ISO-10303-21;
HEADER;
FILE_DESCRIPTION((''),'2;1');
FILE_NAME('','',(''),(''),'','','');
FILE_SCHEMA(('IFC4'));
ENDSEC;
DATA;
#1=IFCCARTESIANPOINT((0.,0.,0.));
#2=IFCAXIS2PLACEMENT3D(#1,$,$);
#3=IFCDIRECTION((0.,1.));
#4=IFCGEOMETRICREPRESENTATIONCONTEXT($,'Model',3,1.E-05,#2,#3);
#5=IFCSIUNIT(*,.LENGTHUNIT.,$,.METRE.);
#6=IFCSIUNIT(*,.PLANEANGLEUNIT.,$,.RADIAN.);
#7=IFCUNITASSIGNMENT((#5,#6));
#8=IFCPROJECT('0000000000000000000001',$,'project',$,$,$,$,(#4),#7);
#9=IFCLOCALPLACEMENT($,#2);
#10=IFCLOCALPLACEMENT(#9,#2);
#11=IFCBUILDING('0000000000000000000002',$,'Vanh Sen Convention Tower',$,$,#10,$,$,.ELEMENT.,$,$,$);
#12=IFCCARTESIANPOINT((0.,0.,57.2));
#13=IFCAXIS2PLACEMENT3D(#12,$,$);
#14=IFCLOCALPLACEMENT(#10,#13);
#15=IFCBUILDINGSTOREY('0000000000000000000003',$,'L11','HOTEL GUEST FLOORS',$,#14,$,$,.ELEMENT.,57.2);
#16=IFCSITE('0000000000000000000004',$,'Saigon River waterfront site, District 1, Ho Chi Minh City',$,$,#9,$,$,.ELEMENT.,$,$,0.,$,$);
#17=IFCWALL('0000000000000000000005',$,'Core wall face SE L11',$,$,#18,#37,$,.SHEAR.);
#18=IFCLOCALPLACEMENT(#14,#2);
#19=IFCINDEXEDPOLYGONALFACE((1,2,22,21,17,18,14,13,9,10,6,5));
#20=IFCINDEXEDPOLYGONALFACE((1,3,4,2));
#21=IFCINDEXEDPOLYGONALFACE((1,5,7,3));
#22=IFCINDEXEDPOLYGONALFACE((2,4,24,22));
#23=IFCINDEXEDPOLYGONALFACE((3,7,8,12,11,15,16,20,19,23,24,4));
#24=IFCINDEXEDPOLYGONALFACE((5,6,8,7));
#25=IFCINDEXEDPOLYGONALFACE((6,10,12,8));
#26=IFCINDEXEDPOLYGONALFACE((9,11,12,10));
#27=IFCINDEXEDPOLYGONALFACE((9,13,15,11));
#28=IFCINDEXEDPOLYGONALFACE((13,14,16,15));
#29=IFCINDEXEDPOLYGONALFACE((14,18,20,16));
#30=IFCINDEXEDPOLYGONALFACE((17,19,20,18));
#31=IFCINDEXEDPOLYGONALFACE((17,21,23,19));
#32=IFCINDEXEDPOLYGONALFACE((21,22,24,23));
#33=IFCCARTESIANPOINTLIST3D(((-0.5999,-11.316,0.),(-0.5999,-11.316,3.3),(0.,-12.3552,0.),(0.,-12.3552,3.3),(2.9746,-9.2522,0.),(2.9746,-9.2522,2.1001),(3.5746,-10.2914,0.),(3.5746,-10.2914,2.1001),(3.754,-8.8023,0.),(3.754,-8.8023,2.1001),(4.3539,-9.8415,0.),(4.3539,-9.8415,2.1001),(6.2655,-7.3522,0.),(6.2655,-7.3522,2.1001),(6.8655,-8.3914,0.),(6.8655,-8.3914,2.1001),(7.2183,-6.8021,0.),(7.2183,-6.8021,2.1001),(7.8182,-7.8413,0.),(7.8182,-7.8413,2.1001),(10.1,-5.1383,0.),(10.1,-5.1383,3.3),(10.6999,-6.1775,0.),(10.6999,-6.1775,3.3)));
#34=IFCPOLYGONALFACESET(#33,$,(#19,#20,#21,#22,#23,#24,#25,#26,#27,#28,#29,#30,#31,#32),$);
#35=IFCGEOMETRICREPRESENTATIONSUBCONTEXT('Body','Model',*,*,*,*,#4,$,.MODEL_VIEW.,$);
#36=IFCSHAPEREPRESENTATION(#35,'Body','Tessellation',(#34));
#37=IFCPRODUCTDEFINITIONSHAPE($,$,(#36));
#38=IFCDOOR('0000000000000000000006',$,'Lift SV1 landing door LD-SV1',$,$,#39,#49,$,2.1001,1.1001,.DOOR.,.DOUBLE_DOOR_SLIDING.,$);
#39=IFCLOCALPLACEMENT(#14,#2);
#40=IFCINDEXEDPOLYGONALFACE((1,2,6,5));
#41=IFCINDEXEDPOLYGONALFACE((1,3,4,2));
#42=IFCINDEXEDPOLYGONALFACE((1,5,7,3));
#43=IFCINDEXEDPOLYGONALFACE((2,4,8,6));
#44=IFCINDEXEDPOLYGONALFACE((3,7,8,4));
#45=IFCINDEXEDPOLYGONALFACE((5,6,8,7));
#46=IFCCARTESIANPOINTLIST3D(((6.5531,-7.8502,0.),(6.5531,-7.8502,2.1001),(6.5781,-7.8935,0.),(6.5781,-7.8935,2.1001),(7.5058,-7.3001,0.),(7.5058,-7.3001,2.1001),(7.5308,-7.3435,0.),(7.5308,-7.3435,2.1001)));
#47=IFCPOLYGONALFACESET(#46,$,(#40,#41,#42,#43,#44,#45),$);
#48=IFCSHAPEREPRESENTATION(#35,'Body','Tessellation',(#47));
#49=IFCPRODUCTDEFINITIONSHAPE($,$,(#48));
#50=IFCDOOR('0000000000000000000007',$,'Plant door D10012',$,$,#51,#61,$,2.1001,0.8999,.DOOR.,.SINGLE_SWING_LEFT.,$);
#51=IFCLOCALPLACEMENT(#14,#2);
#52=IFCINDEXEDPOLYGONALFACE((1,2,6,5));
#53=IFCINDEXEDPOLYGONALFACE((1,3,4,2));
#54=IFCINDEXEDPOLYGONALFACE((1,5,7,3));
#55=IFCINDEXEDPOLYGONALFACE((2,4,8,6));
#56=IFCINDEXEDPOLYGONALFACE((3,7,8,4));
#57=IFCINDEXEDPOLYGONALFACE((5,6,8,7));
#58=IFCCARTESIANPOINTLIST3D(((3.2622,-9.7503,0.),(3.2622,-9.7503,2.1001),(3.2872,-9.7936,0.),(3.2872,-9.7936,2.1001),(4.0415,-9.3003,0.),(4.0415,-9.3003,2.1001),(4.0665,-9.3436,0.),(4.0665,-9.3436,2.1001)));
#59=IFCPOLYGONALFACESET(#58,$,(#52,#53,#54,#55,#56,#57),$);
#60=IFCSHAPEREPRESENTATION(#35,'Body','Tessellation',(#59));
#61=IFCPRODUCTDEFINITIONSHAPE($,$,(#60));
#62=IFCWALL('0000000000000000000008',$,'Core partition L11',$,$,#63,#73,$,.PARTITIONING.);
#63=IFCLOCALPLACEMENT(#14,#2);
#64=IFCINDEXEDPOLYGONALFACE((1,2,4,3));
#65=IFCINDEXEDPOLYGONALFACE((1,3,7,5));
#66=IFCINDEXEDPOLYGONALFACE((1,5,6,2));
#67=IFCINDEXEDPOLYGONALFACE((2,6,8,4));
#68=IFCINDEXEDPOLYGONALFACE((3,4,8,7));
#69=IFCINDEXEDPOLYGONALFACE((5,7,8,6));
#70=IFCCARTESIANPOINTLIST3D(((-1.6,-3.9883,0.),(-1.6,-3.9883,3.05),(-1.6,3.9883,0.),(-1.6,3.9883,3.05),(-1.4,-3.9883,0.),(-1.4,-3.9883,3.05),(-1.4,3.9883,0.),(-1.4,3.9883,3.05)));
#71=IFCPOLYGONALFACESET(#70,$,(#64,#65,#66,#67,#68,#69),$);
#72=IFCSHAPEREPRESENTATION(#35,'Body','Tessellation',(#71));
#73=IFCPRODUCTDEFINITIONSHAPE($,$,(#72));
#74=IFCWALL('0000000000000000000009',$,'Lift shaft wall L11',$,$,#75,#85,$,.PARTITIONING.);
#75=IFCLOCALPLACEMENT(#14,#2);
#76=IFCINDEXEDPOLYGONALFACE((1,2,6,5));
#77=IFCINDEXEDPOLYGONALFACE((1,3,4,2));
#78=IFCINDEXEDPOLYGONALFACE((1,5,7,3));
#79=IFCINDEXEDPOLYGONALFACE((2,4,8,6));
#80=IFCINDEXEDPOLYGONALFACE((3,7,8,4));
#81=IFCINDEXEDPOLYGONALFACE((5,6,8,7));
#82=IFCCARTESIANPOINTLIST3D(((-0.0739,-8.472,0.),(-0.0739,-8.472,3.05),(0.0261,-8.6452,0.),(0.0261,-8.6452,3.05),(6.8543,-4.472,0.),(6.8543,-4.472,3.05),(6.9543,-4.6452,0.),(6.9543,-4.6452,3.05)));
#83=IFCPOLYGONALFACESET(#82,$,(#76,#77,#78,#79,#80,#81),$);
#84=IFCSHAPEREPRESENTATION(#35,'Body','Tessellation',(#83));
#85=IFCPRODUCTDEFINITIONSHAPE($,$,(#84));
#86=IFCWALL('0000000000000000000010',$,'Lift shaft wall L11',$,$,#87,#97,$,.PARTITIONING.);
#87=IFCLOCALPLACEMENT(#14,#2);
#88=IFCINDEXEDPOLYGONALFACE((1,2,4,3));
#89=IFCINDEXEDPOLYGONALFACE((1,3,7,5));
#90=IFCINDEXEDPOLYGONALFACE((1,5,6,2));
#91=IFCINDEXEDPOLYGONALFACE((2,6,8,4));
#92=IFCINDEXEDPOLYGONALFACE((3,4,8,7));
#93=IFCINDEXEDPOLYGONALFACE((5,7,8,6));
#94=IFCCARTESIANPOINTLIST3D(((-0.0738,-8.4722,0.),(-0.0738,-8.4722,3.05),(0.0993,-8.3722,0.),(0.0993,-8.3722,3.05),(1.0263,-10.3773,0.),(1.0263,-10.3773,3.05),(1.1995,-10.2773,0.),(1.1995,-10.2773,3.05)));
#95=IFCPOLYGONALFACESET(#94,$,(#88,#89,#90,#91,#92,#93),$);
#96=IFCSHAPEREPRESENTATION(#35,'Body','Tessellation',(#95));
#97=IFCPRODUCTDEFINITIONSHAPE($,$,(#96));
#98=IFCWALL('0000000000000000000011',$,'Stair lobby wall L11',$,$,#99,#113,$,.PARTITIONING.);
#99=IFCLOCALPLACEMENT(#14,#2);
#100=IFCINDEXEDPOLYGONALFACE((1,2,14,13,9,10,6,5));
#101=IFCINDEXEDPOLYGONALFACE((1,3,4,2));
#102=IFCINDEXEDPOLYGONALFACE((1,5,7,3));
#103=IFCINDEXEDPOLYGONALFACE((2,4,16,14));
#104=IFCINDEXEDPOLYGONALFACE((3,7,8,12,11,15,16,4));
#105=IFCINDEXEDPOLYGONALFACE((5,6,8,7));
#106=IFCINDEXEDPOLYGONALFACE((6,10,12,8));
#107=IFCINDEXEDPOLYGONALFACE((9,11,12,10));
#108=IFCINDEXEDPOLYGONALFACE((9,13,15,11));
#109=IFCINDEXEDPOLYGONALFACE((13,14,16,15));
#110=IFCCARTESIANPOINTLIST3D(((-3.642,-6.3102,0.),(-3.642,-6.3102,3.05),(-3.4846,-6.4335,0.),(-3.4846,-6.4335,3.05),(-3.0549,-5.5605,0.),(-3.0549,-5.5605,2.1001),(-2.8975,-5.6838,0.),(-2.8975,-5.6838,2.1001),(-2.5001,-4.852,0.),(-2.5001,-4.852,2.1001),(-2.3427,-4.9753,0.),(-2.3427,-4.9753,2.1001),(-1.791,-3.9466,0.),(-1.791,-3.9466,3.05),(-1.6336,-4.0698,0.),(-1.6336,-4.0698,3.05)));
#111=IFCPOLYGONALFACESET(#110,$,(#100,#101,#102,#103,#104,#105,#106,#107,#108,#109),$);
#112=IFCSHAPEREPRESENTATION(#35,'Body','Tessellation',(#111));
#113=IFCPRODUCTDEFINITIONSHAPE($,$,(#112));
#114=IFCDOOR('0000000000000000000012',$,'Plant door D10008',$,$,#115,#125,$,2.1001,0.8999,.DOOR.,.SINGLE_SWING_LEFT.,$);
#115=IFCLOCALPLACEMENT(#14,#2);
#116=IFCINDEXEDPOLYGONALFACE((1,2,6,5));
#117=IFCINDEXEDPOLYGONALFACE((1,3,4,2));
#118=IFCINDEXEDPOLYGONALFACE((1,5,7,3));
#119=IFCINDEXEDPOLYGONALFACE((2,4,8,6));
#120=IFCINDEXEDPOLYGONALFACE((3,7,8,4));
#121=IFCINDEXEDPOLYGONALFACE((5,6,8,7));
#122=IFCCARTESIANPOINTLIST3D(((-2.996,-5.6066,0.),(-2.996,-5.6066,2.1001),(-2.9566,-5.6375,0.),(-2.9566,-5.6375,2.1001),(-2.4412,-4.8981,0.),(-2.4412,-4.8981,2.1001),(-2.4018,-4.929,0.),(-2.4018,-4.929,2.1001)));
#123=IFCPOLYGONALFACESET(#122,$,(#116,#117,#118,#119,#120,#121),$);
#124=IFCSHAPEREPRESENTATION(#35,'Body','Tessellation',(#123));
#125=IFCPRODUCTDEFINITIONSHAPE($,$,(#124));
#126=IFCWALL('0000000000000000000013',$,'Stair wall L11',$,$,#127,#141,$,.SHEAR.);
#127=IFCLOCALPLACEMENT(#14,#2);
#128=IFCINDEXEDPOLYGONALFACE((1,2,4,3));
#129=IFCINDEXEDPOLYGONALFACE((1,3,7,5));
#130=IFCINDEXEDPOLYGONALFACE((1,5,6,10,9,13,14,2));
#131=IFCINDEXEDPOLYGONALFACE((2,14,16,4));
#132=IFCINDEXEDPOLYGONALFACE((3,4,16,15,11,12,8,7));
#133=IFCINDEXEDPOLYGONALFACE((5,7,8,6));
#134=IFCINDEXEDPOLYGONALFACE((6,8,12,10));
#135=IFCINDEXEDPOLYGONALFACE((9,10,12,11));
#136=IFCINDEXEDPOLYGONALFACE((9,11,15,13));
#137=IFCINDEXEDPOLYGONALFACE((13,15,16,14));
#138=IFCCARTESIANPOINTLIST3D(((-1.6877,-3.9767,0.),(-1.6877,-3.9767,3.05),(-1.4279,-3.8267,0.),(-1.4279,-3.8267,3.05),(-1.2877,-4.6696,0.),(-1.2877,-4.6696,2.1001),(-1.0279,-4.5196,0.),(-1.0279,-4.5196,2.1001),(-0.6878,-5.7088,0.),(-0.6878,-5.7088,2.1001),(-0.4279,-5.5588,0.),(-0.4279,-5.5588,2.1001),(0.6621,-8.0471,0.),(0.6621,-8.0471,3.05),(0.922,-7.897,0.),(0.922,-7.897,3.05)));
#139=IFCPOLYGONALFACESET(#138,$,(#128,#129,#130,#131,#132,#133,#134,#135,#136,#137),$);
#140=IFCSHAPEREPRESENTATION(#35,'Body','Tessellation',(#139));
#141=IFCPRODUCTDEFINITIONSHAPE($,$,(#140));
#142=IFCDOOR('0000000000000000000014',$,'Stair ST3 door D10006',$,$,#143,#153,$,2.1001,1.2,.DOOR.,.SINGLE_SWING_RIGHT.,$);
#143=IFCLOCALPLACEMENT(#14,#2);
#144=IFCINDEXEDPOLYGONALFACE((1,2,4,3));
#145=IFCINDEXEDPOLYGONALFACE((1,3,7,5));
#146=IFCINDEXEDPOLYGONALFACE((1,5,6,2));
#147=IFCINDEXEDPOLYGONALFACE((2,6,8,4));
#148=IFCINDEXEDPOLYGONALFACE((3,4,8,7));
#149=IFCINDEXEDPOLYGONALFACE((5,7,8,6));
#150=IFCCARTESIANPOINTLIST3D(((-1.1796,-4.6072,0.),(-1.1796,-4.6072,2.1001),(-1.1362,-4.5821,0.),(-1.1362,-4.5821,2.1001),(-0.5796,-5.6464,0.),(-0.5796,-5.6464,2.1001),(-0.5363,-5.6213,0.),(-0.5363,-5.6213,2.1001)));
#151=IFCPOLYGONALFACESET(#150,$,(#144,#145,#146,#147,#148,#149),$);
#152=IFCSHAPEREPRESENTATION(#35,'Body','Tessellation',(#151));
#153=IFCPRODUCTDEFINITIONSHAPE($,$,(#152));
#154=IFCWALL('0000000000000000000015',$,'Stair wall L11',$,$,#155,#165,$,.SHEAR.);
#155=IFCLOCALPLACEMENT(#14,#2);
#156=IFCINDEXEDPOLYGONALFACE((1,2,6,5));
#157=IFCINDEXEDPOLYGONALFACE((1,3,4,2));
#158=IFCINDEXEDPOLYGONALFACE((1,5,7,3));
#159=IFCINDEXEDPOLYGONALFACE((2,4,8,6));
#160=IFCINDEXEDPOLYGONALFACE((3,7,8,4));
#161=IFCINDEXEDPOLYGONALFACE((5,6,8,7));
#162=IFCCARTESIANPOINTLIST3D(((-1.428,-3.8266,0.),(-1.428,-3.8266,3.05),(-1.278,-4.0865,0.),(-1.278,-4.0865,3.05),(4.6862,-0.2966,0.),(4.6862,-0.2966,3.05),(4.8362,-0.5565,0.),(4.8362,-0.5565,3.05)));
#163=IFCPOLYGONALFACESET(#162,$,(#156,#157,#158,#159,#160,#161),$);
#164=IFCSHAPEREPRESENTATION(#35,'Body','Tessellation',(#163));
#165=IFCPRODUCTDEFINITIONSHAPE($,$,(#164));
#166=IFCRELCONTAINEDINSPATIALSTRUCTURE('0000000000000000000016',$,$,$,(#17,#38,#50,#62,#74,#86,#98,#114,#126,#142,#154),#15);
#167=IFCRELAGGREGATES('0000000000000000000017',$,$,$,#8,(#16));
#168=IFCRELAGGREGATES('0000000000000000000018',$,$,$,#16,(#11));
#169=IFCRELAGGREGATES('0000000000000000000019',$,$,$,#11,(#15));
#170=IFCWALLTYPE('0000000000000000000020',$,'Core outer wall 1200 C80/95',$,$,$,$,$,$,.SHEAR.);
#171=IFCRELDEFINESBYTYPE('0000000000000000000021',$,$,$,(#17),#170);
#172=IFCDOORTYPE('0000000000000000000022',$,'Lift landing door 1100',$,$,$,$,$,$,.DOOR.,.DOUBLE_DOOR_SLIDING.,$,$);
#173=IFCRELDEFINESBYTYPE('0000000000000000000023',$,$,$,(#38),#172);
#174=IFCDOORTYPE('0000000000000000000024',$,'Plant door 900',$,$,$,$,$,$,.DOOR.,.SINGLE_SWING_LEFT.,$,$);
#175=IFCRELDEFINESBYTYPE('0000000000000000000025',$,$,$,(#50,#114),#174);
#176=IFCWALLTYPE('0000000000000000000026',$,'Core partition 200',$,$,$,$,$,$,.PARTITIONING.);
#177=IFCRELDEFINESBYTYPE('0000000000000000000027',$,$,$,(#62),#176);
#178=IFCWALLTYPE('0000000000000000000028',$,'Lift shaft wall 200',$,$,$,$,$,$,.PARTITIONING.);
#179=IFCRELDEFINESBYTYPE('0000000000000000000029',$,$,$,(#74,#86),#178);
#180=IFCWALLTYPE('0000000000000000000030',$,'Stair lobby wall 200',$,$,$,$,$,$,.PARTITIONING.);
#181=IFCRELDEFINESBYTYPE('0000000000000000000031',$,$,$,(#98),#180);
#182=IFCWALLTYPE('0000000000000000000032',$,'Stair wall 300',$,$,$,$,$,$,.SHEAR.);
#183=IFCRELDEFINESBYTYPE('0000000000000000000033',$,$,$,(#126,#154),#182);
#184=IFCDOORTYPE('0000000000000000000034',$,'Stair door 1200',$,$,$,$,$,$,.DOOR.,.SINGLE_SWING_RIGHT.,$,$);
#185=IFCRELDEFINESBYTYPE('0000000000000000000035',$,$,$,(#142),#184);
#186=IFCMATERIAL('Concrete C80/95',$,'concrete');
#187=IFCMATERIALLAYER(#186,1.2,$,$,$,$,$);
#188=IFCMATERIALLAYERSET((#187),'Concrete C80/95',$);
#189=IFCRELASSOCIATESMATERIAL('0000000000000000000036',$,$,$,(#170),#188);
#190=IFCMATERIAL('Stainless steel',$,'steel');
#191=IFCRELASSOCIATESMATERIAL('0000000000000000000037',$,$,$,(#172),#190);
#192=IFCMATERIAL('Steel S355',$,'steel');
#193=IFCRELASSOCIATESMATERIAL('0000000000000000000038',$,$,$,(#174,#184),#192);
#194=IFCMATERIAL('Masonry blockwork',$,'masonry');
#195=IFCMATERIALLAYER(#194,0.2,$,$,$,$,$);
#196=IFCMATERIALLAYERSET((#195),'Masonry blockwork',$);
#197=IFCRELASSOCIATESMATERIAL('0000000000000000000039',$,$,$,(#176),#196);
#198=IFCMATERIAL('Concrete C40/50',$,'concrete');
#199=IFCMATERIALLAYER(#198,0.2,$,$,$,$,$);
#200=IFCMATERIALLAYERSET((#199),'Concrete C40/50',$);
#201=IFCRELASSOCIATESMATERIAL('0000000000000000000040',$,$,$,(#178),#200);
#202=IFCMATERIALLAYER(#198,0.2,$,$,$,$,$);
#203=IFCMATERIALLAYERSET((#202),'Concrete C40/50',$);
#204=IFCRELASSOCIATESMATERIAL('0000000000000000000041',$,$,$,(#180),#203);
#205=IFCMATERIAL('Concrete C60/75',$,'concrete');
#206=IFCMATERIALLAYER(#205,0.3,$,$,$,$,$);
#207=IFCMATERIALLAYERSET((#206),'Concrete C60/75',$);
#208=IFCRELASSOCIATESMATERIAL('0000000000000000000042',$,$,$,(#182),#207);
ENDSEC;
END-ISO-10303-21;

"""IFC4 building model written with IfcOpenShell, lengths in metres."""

from ifc_helpers import new_model, si_unit, direction, frame, frame_2d, origin, place, context, subcontext, project, spatial, rectangle, extrude, material, layer, layer_set, type_object, element, fill, save


model = new_model("IFC4")

# Units and contexts
model_context = context("Model", 3, precision=1e-05, world=origin(), true_north=direction((0.0, 1.0)))
body_context = subcontext(model_context, "Body", "Model", "MODEL_VIEW")
ifc_project = project(units=[si_unit("LENGTHUNIT", "METRE"), si_unit("PLANEANGLEUNIT", "RADIAN")], contexts=[model_context])

# Site, building, storey
site_placement = place(None, origin())
site = spatial("IfcSite", under=ifc_project, at=site_placement, Name="Saigon River waterfront site, District 1, Ho Chi Minh City", CompositionType="ELEMENT", RefElevation=0.0)
building_placement = place(site_placement, origin())
building = spatial("IfcBuilding", under=site, at=building_placement, Name="Vanh Sen Convention Tower", CompositionType="ELEMENT")
storey_placement = place(building_placement, frame((0.0, 0.0, 57.2)))
storey = spatial("IfcBuildingStorey", under=building, at=storey_placement, Name="L11", Description="HOTEL GUEST FLOORS", CompositionType="ELEMENT", Elevation=57.2)

# Shared definitions
ifc_material_1 = material(Name="Concrete C40/50", Category="concrete")

# Wall, openings, doors
ifc_material_2 = material(Name="Concrete C80/95", Category="concrete")
ifc_layer_1 = layer(ifc_material_2, 1.2)
ifc_layer_set_1 = layer_set([ifc_layer_1], Name="Concrete C80/95")
wall_type_1 = type_object("IfcWallType", Name="Core outer wall 1200 C80/95", PredefinedType="SHEAR", material=ifc_layer_set_1)
wall_1_placement = place(storey_placement, frame((-0.3, -11.8357, 0.0), z_axis=(0.0, 0.0, 1.0), x_axis=(0.866021, 0.500007, 0.0)))
wall_1 = element("IfcWall", 1, at=wall_1_placement, inside=storey, type_object=wall_type_1, Name="Core wall face SE L11", PredefinedType="SHEAR", context=body_context, shape_type="SweptSolid", body=[
    extrude(rectangle(XDim=12.3552, YDim=1.2, at=frame_2d((6.1777, 0.0))), origin(), (0.0, 0.0, 1.0), 3.3),
])
opening_1_placement = place(wall_1_placement, frame((4.1277, 0.0, 0.0)))
opening_1 = element("IfcOpeningElement", 2, at=opening_1_placement, cuts=wall_1, PredefinedType="OPENING", context=body_context, shape_type="SweptSolid", body=[
    extrude(rectangle(XDim=0.8999, YDim=2.1001, at=frame_2d((0.45, 1.05))), frame((0.0, 0.6099, 0.0), z_axis=(0.0, -1.0, 0.0), x_axis=(1.0, 0.0, 0.0)), (0.0, 0.0, 1.0), 1.22),
])
opening_2_placement = place(wall_1_placement, frame((7.9277, 0.0, 0.0)))
opening_2 = element("IfcOpeningElement", 3, at=opening_2_placement, cuts=wall_1, PredefinedType="OPENING", context=body_context, shape_type="SweptSolid", body=[
    extrude(rectangle(XDim=1.1001, YDim=2.1001, at=frame_2d((0.55, 1.05))), frame((0.0, 0.6099, 0.0), z_axis=(0.0, -1.0, 0.0), x_axis=(1.0, 0.0, 0.0)), (0.0, 0.0, 1.0), 1.22),
])
ifc_material_3 = material(Name="Stainless steel", Category="steel")
door_type_1 = type_object("IfcDoorType", Name="Lift landing door 1100", OperationType="DOUBLE_DOOR_SLIDING", PredefinedType="DOOR", material=ifc_material_3)
door_1_placement = place(opening_2_placement, origin())
door_1 = element("IfcDoor", 4, at=door_1_placement, inside=storey, type_object=door_type_1, Name="Lift SV1 landing door LD-SV1", OperationType="DOUBLE_DOOR_SLIDING", OverallHeight=2.1001, OverallWidth=1.1001, PredefinedType="DOOR", context=body_context, shape_type="SweptSolid", body=[
    extrude(rectangle(XDim=1.1001, YDim=2.1001, at=frame_2d((0.55, 1.05))), frame((0.0, 0.0249, 0.0), z_axis=(0.0, -1.0, 0.0), x_axis=(1.0, 0.0, 0.0)), (0.0, 0.0, 1.0), 0.05),
])
fill(opening_2, door_1)
ifc_material_4 = material(Name="Steel S355", Category="steel")
door_type_2 = type_object("IfcDoorType", Name="Plant door 900", OperationType="SINGLE_SWING_LEFT", PredefinedType="DOOR", material=ifc_material_4)
door_2_placement = place(opening_1_placement, origin())
door_2 = element("IfcDoor", 5, at=door_2_placement, inside=storey, type_object=door_type_2, Name="Plant door D10012", OperationType="SINGLE_SWING_LEFT", OverallHeight=2.1001, OverallWidth=0.8999, PredefinedType="DOOR", context=body_context, shape_type="SweptSolid", body=[
    extrude(rectangle(XDim=0.8999, YDim=2.1001, at=frame_2d((0.45, 1.05))), frame((0.0, 0.0249, 0.0), z_axis=(0.0, -1.0, 0.0), x_axis=(1.0, 0.0, 0.0)), (0.0, 0.0, 1.0), 0.05),
])
fill(opening_1, door_2)

# Walls
ifc_material_5 = material(Name="Masonry blockwork", Category="masonry")
ifc_layer_2 = layer(ifc_material_5, 0.2)
ifc_layer_set_2 = layer_set([ifc_layer_2], Name="Masonry blockwork")
wall_type_2 = type_object("IfcWallType", Name="Core partition 200", PredefinedType="PARTITIONING", material=ifc_layer_set_2)
wall_2_placement = place(storey_placement, frame((-1.5, -3.9883, 0.0), z_axis=(0.0, 0.0, 1.0), x_axis=(0.0, 1.0, 0.0)))
element("IfcWall", 6, at=wall_2_placement, inside=storey, type_object=wall_type_2, Name="Core partition L11", PredefinedType="PARTITIONING", context=body_context, shape_type="SweptSolid", body=[
    extrude(rectangle(XDim=7.9766, YDim=0.2, at=frame_2d((3.9883, 0.0))), origin(), (0.0, 0.0, 1.0), 3.05),
])
ifc_layer_3 = layer(ifc_material_1, 0.2)
ifc_layer_set_3 = layer_set([ifc_layer_3], Name="Concrete C40/50")
wall_type_3 = type_object("IfcWallType", Name="Lift shaft wall 200", PredefinedType="PARTITIONING", material=ifc_layer_set_3)
wall_3_placement = place(storey_placement, frame((-0.0239, -8.5586, 0.0), z_axis=(0.0, 0.0, 1.0), x_axis=(0.866026, 0.499999, 0.0)))
element("IfcWall", 7, at=wall_3_placement, inside=storey, type_object=wall_type_3, Name="Lift shaft wall L11", PredefinedType="PARTITIONING", context=body_context, shape_type="SweptSolid", body=[
    extrude(rectangle(XDim=8.0, YDim=0.2, at=frame_2d((4.0, 0.0))), origin(), (0.0, 0.0, 1.0), 3.05),
])
wall_4_placement = place(storey_placement, frame((0.0127, -8.4221, 0.0), z_axis=(0.0, 0.0, 1.0), x_axis=(0.500078, -0.86598, 0.0)))
element("IfcWall", 8, at=wall_4_placement, inside=storey, type_object=wall_type_3, Name="Lift shaft wall L11", PredefinedType="PARTITIONING", context=body_context, shape_type="SweptSolid", body=[
    extrude(rectangle(XDim=2.2, YDim=0.2, at=frame_2d((1.1001, 0.0))), origin(), (0.0, 0.0, 1.0), 3.05),
])

# Walls, openings, doors
ifc_layer_4 = layer(ifc_material_1, 0.2)
ifc_layer_set_4 = layer_set([ifc_layer_4], Name="Concrete C40/50")
wall_type_4 = type_object("IfcWallType", Name="Stair lobby wall 200", PredefinedType="PARTITIONING", material=ifc_layer_set_4)
wall_5_placement = place(storey_placement, frame((-1.7124, -4.0083, 0.0), z_axis=(0.0, 0.0, 1.0), x_axis=(-0.616549, -0.787316, 0.0)))
wall_5 = element("IfcWall", 9, at=wall_5_placement, inside=storey, type_object=wall_type_4, Name="Stair lobby wall L11", PredefinedType="PARTITIONING", context=body_context, shape_type="SweptSolid", body=[
    extrude(rectangle(XDim=3.0022, YDim=0.2, at=frame_2d((1.501, 0.0))), origin(), (0.0, 0.0, 1.0), 3.05),
])
opening_3_placement = place(wall_5_placement, frame((1.1499, 0.0, 0.0)))
opening_3 = element("IfcOpeningElement", 10, at=opening_3_placement, cuts=wall_5, PredefinedType="OPENING", context=body_context, shape_type="SweptSolid", body=[
    extrude(rectangle(XDim=0.8999, YDim=2.1001, at=frame_2d((0.45, 1.05))), frame((0.0, 0.1099, 0.0), z_axis=(0.0, -1.0, 0.0), x_axis=(1.0, 0.0, 0.0)), (0.0, 0.0, 1.0), 0.22),
])
door_3_placement = place(opening_3_placement, origin())
door_3 = element("IfcDoor", 11, at=door_3_placement, inside=storey, type_object=door_type_2, Name="Plant door D10008", OperationType="SINGLE_SWING_LEFT", OverallHeight=2.1001, OverallWidth=0.8999, PredefinedType="DOOR", context=body_context, shape_type="SweptSolid", body=[
    extrude(rectangle(XDim=0.8999, YDim=2.1001, at=frame_2d((0.45, 1.05))), frame((0.0, 0.0249, 0.0), z_axis=(0.0, -1.0, 0.0), x_axis=(1.0, 0.0, 0.0)), (0.0, 0.0, 1.0), 0.05),
])
fill(opening_3, door_3)
ifc_material_6 = material(Name="Concrete C60/75", Category="concrete")
ifc_layer_5 = layer(ifc_material_6, 0.3)
ifc_layer_set_5 = layer_set([ifc_layer_5], Name="Concrete C60/75")
wall_type_5 = type_object("IfcWallType", Name="Stair wall 300", PredefinedType="SHEAR", material=ifc_layer_set_5)
wall_6_placement = place(storey_placement, frame((-1.5579, -3.9016, 0.0), z_axis=(0.0, 0.0, 1.0), x_axis=(0.499977, -0.866039, 0.0)))
wall_6 = element("IfcWall", 12, at=wall_6_placement, inside=storey, type_object=wall_type_5, Name="Stair wall L11", PredefinedType="SHEAR", context=body_context, shape_type="SweptSolid", body=[
    extrude(rectangle(XDim=4.7, YDim=0.3, at=frame_2d((2.3501, 0.0))), origin(), (0.0, 0.0, 1.0), 3.05),
])
opening_4_placement = place(wall_6_placement, frame((0.8, 0.0, 0.0)))
opening_4 = element("IfcOpeningElement", 13, at=opening_4_placement, cuts=wall_6, PredefinedType="OPENING", context=body_context, shape_type="SweptSolid", body=[
    extrude(rectangle(XDim=1.2, YDim=2.1001, at=frame_2d((0.6001, 1.05))), frame((0.0, 0.1599, 0.0), z_axis=(0.0, -1.0, 0.0), x_axis=(1.0, 0.0, 0.0)), (0.0, 0.0, 1.0), 0.3201),
])
door_type_3 = type_object("IfcDoorType", Name="Stair door 1200", OperationType="SINGLE_SWING_RIGHT", PredefinedType="DOOR", material=ifc_material_4)
door_4_placement = place(opening_4_placement, origin())
door_4 = element("IfcDoor", 14, at=door_4_placement, inside=storey, type_object=door_type_3, Name="Stair ST3 door D10006", OperationType="SINGLE_SWING_RIGHT", OverallHeight=2.1001, OverallWidth=1.2, PredefinedType="DOOR", context=body_context, shape_type="SweptSolid", body=[
    extrude(rectangle(XDim=1.2, YDim=2.1001, at=frame_2d((0.6001, 1.05))), frame((0.0, 0.0249, 0.0), z_axis=(0.0, -1.0, 0.0), x_axis=(1.0, 0.0, 0.0)), (0.0, 0.0, 1.0), 0.05),
])
fill(opening_4, door_4)

# Wall
wall_7_placement = place(storey_placement, frame((-1.353, -3.9565, 0.0), z_axis=(0.0, 0.0, 1.0), x_axis=(0.866028, 0.499996, 0.0)))
element("IfcWall", 15, at=wall_7_placement, inside=storey, type_object=wall_type_5, Name="Stair wall L11", PredefinedType="SHEAR", context=body_context, shape_type="SweptSolid", body=[
    extrude(rectangle(XDim=7.0601, YDim=0.3, at=frame_2d((3.53, 0.0))), origin(), (0.0, 0.0, 1.0), 3.05),
])

save(model, "model.ifc")
